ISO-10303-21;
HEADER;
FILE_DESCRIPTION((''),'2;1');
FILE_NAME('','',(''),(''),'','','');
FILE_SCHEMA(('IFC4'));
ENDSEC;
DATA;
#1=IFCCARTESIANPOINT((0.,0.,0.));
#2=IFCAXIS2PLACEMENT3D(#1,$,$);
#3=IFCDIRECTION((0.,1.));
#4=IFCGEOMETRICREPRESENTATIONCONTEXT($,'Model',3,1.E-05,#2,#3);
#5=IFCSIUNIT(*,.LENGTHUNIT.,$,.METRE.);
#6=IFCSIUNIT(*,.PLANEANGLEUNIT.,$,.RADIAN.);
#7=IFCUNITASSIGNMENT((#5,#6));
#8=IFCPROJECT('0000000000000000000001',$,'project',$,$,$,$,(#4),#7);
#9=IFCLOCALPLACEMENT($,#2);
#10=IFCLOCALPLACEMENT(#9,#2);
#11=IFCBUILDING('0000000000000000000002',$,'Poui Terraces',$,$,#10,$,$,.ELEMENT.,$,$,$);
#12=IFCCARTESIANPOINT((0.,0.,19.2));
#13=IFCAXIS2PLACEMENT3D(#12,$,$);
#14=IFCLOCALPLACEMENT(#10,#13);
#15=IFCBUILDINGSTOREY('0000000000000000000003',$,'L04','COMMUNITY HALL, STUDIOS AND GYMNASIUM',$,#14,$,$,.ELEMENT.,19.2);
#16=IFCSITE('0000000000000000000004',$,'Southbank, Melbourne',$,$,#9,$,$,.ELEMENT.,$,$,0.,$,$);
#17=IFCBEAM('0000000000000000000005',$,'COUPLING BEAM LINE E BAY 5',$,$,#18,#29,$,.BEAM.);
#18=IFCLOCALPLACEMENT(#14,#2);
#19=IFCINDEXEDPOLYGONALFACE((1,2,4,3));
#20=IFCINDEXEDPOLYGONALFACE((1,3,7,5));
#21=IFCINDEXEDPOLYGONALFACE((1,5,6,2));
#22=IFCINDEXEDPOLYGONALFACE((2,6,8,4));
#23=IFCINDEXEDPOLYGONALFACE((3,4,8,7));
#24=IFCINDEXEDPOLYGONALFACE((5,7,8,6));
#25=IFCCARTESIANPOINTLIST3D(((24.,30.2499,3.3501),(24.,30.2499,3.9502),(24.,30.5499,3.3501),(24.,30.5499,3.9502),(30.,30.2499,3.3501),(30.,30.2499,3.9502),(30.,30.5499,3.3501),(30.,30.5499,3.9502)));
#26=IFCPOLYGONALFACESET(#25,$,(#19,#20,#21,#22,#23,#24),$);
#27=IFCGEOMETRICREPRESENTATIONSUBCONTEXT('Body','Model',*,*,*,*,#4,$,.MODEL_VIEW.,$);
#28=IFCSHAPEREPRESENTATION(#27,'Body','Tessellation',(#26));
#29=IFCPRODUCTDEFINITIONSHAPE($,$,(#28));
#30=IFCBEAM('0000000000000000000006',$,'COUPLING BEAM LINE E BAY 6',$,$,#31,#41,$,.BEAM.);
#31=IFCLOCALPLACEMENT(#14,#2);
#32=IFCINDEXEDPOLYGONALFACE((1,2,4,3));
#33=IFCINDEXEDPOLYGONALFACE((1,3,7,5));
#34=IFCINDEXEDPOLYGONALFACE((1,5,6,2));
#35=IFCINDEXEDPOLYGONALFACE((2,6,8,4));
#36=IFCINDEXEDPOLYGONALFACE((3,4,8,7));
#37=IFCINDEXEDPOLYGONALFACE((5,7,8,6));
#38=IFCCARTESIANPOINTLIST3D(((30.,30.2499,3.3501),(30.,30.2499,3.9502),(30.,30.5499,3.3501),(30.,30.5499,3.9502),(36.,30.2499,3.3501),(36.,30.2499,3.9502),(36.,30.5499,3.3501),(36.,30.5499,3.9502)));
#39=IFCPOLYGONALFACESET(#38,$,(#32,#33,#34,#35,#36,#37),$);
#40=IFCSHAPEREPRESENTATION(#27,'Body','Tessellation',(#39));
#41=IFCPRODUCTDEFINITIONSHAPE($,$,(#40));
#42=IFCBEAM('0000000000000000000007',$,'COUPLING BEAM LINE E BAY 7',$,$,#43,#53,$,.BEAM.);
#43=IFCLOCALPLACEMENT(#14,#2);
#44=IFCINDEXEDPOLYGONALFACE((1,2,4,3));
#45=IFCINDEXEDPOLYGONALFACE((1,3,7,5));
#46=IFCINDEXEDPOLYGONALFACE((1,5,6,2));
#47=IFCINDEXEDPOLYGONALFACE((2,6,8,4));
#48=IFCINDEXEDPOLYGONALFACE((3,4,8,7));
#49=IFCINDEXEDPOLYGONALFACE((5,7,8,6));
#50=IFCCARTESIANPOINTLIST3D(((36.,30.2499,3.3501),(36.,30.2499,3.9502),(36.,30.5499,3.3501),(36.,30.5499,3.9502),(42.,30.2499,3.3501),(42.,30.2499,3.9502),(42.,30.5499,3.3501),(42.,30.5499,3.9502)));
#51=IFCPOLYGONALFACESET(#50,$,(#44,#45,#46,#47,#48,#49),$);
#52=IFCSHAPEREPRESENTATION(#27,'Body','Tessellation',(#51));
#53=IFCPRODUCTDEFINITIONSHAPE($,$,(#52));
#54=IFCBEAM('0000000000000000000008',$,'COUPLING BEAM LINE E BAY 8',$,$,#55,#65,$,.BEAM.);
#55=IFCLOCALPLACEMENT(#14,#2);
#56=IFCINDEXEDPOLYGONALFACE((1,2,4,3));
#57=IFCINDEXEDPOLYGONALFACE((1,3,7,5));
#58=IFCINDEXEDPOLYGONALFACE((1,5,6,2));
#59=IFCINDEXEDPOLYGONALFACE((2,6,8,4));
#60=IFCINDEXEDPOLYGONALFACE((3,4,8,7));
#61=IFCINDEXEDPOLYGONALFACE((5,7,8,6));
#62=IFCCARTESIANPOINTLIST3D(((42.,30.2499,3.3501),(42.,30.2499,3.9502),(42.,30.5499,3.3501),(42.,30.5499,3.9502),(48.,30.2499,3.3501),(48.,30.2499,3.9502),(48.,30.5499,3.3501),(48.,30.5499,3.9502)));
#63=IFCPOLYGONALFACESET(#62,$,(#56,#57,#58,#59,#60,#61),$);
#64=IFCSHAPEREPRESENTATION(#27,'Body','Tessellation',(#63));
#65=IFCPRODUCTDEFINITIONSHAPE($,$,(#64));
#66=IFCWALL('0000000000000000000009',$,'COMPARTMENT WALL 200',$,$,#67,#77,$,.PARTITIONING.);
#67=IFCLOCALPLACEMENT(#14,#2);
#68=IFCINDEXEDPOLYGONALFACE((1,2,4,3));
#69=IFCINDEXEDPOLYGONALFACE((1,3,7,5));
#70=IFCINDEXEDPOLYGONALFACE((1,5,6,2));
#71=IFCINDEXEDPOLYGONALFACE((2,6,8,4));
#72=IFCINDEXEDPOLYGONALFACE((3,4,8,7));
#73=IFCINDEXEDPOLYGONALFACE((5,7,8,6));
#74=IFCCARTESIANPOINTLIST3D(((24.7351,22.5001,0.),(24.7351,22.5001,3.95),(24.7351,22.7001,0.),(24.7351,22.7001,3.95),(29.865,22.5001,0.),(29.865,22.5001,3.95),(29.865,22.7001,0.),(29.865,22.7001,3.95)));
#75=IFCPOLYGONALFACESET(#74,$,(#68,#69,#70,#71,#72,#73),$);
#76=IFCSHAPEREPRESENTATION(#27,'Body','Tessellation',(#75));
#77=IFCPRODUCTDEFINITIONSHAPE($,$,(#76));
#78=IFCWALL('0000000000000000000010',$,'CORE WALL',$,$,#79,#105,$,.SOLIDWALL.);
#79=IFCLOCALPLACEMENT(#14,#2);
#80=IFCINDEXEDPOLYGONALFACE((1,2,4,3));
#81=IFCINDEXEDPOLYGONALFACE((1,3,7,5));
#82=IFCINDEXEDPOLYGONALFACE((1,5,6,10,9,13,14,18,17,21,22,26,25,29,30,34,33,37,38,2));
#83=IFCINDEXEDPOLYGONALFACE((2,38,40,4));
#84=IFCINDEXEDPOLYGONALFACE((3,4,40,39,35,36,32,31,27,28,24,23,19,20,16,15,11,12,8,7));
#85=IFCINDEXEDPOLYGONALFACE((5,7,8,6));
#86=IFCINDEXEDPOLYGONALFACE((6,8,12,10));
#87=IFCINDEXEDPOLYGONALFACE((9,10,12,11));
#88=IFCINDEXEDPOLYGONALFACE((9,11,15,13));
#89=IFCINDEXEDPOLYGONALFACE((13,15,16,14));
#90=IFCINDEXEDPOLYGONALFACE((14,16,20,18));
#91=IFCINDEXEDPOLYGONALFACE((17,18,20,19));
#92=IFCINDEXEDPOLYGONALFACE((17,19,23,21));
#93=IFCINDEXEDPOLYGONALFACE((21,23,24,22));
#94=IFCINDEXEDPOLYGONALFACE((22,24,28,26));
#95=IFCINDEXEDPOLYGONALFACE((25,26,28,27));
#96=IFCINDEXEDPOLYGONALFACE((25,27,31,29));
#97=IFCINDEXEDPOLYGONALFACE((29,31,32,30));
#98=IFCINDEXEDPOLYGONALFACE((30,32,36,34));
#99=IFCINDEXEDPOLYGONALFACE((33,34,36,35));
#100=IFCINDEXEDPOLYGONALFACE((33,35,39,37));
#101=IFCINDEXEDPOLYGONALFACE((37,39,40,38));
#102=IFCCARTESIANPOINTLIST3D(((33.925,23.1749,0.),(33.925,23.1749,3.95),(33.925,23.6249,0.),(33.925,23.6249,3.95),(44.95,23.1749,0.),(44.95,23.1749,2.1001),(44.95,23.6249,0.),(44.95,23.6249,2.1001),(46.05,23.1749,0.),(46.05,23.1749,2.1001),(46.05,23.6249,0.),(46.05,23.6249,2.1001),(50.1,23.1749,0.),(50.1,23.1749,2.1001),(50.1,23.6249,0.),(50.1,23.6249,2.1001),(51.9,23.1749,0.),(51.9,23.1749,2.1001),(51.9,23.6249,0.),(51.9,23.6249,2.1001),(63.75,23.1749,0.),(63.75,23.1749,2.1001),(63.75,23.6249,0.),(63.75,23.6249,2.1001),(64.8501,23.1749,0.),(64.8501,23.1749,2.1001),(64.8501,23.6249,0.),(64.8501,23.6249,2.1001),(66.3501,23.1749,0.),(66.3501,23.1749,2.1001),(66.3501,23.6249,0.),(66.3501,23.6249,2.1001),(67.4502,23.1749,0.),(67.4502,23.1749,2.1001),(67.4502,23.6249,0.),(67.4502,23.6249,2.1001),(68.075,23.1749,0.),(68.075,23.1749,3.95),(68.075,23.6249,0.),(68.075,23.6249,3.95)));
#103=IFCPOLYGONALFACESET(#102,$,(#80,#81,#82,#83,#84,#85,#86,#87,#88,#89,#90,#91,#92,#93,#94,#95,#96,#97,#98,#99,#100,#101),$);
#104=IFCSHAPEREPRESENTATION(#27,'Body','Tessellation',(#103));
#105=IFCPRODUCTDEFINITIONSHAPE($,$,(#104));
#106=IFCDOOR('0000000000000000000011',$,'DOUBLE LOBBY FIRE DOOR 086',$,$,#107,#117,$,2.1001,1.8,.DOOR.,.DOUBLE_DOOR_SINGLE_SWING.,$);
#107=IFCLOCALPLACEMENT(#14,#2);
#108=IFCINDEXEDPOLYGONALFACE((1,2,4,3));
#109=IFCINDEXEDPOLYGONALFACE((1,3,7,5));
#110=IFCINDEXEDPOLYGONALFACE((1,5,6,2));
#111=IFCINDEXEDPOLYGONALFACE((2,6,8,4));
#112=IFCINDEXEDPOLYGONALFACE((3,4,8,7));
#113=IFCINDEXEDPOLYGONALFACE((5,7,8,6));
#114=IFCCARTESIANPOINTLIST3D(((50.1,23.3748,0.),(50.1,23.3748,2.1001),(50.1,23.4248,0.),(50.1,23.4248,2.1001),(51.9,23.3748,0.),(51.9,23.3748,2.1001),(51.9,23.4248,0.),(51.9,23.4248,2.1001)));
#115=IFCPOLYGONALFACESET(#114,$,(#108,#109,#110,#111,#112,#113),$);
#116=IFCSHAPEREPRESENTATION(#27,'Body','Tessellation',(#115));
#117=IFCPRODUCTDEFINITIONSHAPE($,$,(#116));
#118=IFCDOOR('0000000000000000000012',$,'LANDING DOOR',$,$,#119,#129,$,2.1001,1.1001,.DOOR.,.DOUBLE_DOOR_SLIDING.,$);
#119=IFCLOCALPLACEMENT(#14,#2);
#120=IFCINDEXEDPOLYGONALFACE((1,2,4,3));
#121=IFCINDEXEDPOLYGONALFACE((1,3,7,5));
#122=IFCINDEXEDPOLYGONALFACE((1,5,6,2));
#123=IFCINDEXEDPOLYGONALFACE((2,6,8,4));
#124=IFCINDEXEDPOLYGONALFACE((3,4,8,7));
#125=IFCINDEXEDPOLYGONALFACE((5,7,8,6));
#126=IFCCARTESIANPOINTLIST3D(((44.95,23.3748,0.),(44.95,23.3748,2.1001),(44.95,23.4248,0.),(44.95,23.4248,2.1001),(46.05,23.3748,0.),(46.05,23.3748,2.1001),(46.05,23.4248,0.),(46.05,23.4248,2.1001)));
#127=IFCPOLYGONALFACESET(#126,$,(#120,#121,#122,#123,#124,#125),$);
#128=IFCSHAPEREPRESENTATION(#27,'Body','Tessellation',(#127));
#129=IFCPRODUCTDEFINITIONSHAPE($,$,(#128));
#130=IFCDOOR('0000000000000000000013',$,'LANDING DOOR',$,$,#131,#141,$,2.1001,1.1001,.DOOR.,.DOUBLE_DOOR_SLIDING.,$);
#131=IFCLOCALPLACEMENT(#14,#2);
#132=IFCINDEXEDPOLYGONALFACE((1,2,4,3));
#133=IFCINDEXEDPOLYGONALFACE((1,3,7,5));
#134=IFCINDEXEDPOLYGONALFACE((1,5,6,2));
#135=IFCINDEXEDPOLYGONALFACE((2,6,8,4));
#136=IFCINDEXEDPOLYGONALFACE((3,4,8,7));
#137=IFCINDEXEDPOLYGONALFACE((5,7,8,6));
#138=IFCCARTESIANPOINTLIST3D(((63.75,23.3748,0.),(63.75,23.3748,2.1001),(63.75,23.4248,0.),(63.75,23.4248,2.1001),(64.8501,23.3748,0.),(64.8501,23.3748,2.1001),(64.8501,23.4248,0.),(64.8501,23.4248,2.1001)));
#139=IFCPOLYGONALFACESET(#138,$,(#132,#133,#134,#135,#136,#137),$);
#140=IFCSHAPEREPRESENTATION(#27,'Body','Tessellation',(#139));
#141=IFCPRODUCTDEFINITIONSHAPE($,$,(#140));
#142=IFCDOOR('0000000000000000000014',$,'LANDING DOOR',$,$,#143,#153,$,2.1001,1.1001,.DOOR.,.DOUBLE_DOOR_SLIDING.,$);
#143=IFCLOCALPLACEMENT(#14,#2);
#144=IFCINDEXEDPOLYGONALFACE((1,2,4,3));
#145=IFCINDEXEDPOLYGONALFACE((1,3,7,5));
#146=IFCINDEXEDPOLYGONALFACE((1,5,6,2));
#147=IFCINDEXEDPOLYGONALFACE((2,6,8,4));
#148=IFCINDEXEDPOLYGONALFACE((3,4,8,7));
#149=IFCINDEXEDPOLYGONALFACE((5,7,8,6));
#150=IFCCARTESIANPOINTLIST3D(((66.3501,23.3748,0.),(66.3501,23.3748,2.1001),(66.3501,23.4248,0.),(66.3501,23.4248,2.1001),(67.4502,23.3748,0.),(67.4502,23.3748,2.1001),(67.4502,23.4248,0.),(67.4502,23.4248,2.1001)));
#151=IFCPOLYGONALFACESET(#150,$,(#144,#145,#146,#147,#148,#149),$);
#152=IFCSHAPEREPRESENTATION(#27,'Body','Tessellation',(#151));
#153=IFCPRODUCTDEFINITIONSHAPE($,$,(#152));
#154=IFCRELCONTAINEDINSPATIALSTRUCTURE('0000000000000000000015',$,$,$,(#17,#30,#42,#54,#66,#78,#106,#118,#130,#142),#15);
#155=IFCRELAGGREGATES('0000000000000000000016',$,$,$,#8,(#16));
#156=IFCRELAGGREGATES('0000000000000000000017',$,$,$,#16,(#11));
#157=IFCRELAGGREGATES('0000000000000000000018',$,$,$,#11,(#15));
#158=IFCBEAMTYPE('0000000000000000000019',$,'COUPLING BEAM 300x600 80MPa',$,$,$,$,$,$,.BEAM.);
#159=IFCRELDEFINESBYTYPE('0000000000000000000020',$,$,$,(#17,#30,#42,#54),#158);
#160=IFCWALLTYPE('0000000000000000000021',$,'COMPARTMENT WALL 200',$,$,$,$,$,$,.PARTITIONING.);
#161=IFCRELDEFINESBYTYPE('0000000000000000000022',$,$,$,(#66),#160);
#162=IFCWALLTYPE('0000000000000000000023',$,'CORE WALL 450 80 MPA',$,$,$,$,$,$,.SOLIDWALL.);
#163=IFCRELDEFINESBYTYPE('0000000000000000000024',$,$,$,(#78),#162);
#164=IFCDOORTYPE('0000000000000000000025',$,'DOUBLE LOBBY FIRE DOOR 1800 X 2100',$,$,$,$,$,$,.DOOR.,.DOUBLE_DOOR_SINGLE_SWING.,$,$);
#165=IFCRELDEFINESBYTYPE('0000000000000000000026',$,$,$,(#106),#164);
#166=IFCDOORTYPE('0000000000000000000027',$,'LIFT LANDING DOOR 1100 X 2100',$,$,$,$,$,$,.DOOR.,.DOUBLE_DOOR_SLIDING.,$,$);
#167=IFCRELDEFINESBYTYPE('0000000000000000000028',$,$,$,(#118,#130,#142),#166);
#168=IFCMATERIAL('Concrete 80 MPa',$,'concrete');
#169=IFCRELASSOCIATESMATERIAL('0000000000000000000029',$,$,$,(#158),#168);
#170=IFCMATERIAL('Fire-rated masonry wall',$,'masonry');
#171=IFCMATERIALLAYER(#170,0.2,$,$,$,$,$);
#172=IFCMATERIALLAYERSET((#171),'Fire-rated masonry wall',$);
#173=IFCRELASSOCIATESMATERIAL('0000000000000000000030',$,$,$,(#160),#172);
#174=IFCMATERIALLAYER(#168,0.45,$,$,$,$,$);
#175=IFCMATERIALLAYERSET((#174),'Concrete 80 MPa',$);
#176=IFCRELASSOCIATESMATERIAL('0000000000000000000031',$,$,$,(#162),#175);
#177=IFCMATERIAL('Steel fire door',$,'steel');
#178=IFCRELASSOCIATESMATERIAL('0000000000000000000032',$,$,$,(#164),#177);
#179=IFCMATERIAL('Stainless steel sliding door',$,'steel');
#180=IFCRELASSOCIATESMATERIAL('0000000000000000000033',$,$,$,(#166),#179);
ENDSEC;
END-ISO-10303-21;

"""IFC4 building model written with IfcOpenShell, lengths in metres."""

from ifc_helpers import new_model, si_unit, direction, frame, frame_2d, origin, origin_2d, place, context, subcontext, project, spatial, rectangle, extrude, source, transform, mapped, material, layer, layer_set, material_profile, profile_set, type_object, element, fill, save


model = new_model("IFC4")

# Units and contexts
model_context = context("Model", 3, precision=1e-05, world=origin(), true_north=direction((0.0, 1.0)))
body_context = subcontext(model_context, "Body", "Model", "MODEL_VIEW")
ifc_project = project(units=[si_unit("LENGTHUNIT", "METRE"), si_unit("PLANEANGLEUNIT", "RADIAN")], contexts=[model_context])

# Site, building, storey
site_placement = place(None, origin())
site = spatial("IfcSite", under=ifc_project, at=site_placement, Name="Southbank, Melbourne", CompositionType="ELEMENT", RefElevation=0.0)
building_placement = place(site_placement, origin())
building = spatial("IfcBuilding", under=site, at=building_placement, Name="Poui Terraces", CompositionType="ELEMENT")
storey_placement = place(building_placement, frame((0.0, 0.0, 19.2)))
storey = spatial("IfcBuildingStorey", under=building, at=storey_placement, Name="L04", Description="COMMUNITY HALL, STUDIOS AND GYMNASIUM", CompositionType="ELEMENT", Elevation=19.2)

# Beams
ifc_material_1 = material(Name="Concrete 80 MPa", Category="concrete")
ifc_material_profile = material_profile(ifc_material_1, rectangle(XDim=0.3, YDim=0.6001, at=origin_2d()), Name="RC 300x600")
ifc_profile_set = profile_set([ifc_material_profile], Name="Concrete 80 MPa")
beam_type = type_object("IfcBeamType", Name="COUPLING BEAM 300x600 80MPa", PredefinedType="BEAM", material=ifc_profile_set)
shared_shape = source(origin(), body_context, "Body", "SweptSolid", [
    extrude(rectangle(XDim=0.3, YDim=0.6001, at=origin_2d()), origin(), (0.0, 0.0, 1.0), 6.0),
])
for number, where, z_axis, x_axis, name in (
    (1, (24.0, 30.3999, 3.6501), (1.0, 0.0, 0.0), (0.0, 1.0, 0.0), "COUPLING BEAM LINE E BAY 5"),
    (2, (30.0, 30.3999, 3.6501), (1.0, 0.0, 0.0), (0.0, 1.0, 0.0), "COUPLING BEAM LINE E BAY 6"),
    (3, (36.0, 30.3999, 3.6501), (1.0, 0.0, 0.0), (0.0, 1.0, 0.0), "COUPLING BEAM LINE E BAY 7"),
    (4, (42.0, 30.3999, 3.6501), (1.0, 0.0, 0.0), (0.0, 1.0, 0.0), "COUPLING BEAM LINE E BAY 8"),
):
    element("IfcBeam", number, at=place(storey_placement, frame(where, z_axis=z_axis, x_axis=x_axis)), inside=storey, type_object=beam_type, Name=name, PredefinedType="BEAM", context=body_context, shape_type="MappedRepresentation", body=[
        mapped(shared_shape, transform((0.0, 0.0, 0.0))),
    ])

# Wall
ifc_material_2 = material(Name="Fire-rated masonry wall", Category="masonry")
ifc_layer_1 = layer(ifc_material_2, 0.2)
ifc_layer_set_1 = layer_set([ifc_layer_1], Name="Fire-rated masonry wall")
wall_type_1 = type_object("IfcWallType", Name="COMPARTMENT WALL 200", PredefinedType="PARTITIONING", material=ifc_layer_set_1)
wall_1_placement = place(storey_placement, frame((24.7351, 22.6001, 0.0), z_axis=(0.0, 0.0, 1.0), x_axis=(1.0, 0.0, 0.0)))
element("IfcWall", 5, at=wall_1_placement, inside=storey, type_object=wall_type_1, Name="COMPARTMENT WALL 200", PredefinedType="PARTITIONING", context=body_context, shape_type="SweptSolid", body=[
    extrude(rectangle(XDim=5.1299, YDim=0.2, at=frame_2d((2.5649, 0.0))), origin(), (0.0, 0.0, 1.0), 3.95),
])

# Wall, openings, doors
ifc_layer_2 = layer(ifc_material_1, 0.45)
ifc_layer_set_2 = layer_set([ifc_layer_2], Name="Concrete 80 MPa")
wall_type_2 = type_object("IfcWallType", Name="CORE WALL 450 80 MPA", PredefinedType="SOLIDWALL", material=ifc_layer_set_2)
wall_2_placement = place(storey_placement, frame((33.925, 23.3999, 0.0), z_axis=(0.0, 0.0, 1.0), x_axis=(1.0, 0.0, 0.0)))
wall_2 = element("IfcWall", 6, at=wall_2_placement, inside=storey, type_object=wall_type_2, Name="CORE WALL", PredefinedType="SOLIDWALL", context=body_context, shape_type="SweptSolid", body=[
    extrude(rectangle(XDim=34.1499, YDim=0.45, at=frame_2d((17.075, 0.0))), origin(), (0.0, 0.0, 1.0), 3.95),
])
opening_1_placement = place(wall_2_placement, frame((16.175, 0.0, 0.0)))
opening_1 = element("IfcOpeningElement", 7, at=opening_1_placement, cuts=wall_2, PredefinedType="OPENING", context=body_context, shape_type="SweptSolid", body=[
    extrude(rectangle(XDim=1.8, YDim=2.1001, at=frame_2d((0.8999, 1.05))), frame((0.0, 0.2349, 0.0), z_axis=(0.0, -1.0, 0.0), x_axis=(1.0, 0.0, 0.0)), (0.0, 0.0, 1.0), 0.47),
])
opening_2_placement = place(wall_2_placement, frame((11.0249, 0.0, 0.0)))
opening_2 = element("IfcOpeningElement", 8, at=opening_2_placement, cuts=wall_2, PredefinedType="OPENING", context=body_context, shape_type="SweptSolid", body=[
    extrude(rectangle(XDim=1.1001, YDim=2.1001, at=frame_2d((0.55, 1.05))), frame((0.0, 0.2349, 0.0), z_axis=(0.0, -1.0, 0.0), x_axis=(1.0, 0.0, 0.0)), (0.0, 0.0, 1.0), 0.47),
])
opening_3_placement = place(wall_2_placement, frame((29.825, 0.0, 0.0)))
opening_3 = element("IfcOpeningElement", 9, at=opening_3_placement, cuts=wall_2, PredefinedType="OPENING", context=body_context, shape_type="SweptSolid", body=[
    extrude(rectangle(XDim=1.1001, YDim=2.1001, at=frame_2d((0.55, 1.05))), frame((0.0, 0.2349, 0.0), z_axis=(0.0, -1.0, 0.0), x_axis=(1.0, 0.0, 0.0)), (0.0, 0.0, 1.0), 0.47),
])
opening_4_placement = place(wall_2_placement, frame((32.425, 0.0, 0.0)))
opening_4 = element("IfcOpeningElement", 10, at=opening_4_placement, cuts=wall_2, PredefinedType="OPENING", context=body_context, shape_type="SweptSolid", body=[
    extrude(rectangle(XDim=1.1001, YDim=2.1001, at=frame_2d((0.55, 1.05))), frame((0.0, 0.2349, 0.0), z_axis=(0.0, -1.0, 0.0), x_axis=(1.0, 0.0, 0.0)), (0.0, 0.0, 1.0), 0.47),
])
ifc_material_3 = material(Name="Steel fire door", Category="steel")
door_type_1 = type_object("IfcDoorType", Name="DOUBLE LOBBY FIRE DOOR 1800 X 2100", OperationType="DOUBLE_DOOR_SINGLE_SWING", PredefinedType="DOOR", material=ifc_material_3)
door_1_placement = place(opening_1_placement, origin())
door_1 = element("IfcDoor", 11, at=door_1_placement, inside=storey, type_object=door_type_1, Name="DOUBLE LOBBY FIRE DOOR 086", OperationType="DOUBLE_DOOR_SINGLE_SWING", OverallHeight=2.1001, OverallWidth=1.8, PredefinedType="DOOR", context=body_context, shape_type="SweptSolid", body=[
    extrude(rectangle(XDim=1.8, YDim=2.1001, at=frame_2d((0.8999, 1.05))), frame((0.0, 0.0249, 0.0), z_axis=(0.0, -1.0, 0.0), x_axis=(1.0, 0.0, 0.0)), (0.0, 0.0, 1.0), 0.05),
])
fill(opening_1, door_1)
ifc_material_4 = material(Name="Stainless steel sliding door", Category="steel")
door_type_2 = type_object("IfcDoorType", Name="LIFT LANDING DOOR 1100 X 2100", OperationType="DOUBLE_DOOR_SLIDING", PredefinedType="DOOR", material=ifc_material_4)
door_2_placement = place(opening_2_placement, origin())
door_2 = element("IfcDoor", 12, at=door_2_placement, inside=storey, type_object=door_type_2, Name="LANDING DOOR", OperationType="DOUBLE_DOOR_SLIDING", OverallHeight=2.1001, OverallWidth=1.1001, PredefinedType="DOOR", context=body_context, shape_type="SweptSolid", body=[
    extrude(rectangle(XDim=1.1001, YDim=2.1001, at=frame_2d((0.55, 1.05))), frame((0.0, 0.0249, 0.0), z_axis=(0.0, -1.0, 0.0), x_axis=(1.0, 0.0, 0.0)), (0.0, 0.0, 1.0), 0.05),
])
fill(opening_2, door_2)
door_3_placement = place(opening_3_placement, origin())
door_3 = element("IfcDoor", 13, at=door_3_placement, inside=storey, type_object=door_type_2, Name="LANDING DOOR", OperationType="DOUBLE_DOOR_SLIDING", OverallHeight=2.1001, OverallWidth=1.1001, PredefinedType="DOOR", context=body_context, shape_type="SweptSolid", body=[
    extrude(rectangle(XDim=1.1001, YDim=2.1001, at=frame_2d((0.55, 1.05))), frame((0.0, 0.0249, 0.0), z_axis=(0.0, -1.0, 0.0), x_axis=(1.0, 0.0, 0.0)), (0.0, 0.0, 1.0), 0.05),
])
fill(opening_3, door_3)
door_4_placement = place(opening_4_placement, origin())
door_4 = element("IfcDoor", 14, at=door_4_placement, inside=storey, type_object=door_type_2, Name="LANDING DOOR", OperationType="DOUBLE_DOOR_SLIDING", OverallHeight=2.1001, OverallWidth=1.1001, PredefinedType="DOOR", context=body_context, shape_type="SweptSolid", body=[
    extrude(rectangle(XDim=1.1001, YDim=2.1001, at=frame_2d((0.55, 1.05))), frame((0.0, 0.0249, 0.0), z_axis=(0.0, -1.0, 0.0), x_axis=(1.0, 0.0, 0.0)), (0.0, 0.0, 1.0), 0.05),
])
fill(opening_4, door_4)

save(model, "model.ifc")
